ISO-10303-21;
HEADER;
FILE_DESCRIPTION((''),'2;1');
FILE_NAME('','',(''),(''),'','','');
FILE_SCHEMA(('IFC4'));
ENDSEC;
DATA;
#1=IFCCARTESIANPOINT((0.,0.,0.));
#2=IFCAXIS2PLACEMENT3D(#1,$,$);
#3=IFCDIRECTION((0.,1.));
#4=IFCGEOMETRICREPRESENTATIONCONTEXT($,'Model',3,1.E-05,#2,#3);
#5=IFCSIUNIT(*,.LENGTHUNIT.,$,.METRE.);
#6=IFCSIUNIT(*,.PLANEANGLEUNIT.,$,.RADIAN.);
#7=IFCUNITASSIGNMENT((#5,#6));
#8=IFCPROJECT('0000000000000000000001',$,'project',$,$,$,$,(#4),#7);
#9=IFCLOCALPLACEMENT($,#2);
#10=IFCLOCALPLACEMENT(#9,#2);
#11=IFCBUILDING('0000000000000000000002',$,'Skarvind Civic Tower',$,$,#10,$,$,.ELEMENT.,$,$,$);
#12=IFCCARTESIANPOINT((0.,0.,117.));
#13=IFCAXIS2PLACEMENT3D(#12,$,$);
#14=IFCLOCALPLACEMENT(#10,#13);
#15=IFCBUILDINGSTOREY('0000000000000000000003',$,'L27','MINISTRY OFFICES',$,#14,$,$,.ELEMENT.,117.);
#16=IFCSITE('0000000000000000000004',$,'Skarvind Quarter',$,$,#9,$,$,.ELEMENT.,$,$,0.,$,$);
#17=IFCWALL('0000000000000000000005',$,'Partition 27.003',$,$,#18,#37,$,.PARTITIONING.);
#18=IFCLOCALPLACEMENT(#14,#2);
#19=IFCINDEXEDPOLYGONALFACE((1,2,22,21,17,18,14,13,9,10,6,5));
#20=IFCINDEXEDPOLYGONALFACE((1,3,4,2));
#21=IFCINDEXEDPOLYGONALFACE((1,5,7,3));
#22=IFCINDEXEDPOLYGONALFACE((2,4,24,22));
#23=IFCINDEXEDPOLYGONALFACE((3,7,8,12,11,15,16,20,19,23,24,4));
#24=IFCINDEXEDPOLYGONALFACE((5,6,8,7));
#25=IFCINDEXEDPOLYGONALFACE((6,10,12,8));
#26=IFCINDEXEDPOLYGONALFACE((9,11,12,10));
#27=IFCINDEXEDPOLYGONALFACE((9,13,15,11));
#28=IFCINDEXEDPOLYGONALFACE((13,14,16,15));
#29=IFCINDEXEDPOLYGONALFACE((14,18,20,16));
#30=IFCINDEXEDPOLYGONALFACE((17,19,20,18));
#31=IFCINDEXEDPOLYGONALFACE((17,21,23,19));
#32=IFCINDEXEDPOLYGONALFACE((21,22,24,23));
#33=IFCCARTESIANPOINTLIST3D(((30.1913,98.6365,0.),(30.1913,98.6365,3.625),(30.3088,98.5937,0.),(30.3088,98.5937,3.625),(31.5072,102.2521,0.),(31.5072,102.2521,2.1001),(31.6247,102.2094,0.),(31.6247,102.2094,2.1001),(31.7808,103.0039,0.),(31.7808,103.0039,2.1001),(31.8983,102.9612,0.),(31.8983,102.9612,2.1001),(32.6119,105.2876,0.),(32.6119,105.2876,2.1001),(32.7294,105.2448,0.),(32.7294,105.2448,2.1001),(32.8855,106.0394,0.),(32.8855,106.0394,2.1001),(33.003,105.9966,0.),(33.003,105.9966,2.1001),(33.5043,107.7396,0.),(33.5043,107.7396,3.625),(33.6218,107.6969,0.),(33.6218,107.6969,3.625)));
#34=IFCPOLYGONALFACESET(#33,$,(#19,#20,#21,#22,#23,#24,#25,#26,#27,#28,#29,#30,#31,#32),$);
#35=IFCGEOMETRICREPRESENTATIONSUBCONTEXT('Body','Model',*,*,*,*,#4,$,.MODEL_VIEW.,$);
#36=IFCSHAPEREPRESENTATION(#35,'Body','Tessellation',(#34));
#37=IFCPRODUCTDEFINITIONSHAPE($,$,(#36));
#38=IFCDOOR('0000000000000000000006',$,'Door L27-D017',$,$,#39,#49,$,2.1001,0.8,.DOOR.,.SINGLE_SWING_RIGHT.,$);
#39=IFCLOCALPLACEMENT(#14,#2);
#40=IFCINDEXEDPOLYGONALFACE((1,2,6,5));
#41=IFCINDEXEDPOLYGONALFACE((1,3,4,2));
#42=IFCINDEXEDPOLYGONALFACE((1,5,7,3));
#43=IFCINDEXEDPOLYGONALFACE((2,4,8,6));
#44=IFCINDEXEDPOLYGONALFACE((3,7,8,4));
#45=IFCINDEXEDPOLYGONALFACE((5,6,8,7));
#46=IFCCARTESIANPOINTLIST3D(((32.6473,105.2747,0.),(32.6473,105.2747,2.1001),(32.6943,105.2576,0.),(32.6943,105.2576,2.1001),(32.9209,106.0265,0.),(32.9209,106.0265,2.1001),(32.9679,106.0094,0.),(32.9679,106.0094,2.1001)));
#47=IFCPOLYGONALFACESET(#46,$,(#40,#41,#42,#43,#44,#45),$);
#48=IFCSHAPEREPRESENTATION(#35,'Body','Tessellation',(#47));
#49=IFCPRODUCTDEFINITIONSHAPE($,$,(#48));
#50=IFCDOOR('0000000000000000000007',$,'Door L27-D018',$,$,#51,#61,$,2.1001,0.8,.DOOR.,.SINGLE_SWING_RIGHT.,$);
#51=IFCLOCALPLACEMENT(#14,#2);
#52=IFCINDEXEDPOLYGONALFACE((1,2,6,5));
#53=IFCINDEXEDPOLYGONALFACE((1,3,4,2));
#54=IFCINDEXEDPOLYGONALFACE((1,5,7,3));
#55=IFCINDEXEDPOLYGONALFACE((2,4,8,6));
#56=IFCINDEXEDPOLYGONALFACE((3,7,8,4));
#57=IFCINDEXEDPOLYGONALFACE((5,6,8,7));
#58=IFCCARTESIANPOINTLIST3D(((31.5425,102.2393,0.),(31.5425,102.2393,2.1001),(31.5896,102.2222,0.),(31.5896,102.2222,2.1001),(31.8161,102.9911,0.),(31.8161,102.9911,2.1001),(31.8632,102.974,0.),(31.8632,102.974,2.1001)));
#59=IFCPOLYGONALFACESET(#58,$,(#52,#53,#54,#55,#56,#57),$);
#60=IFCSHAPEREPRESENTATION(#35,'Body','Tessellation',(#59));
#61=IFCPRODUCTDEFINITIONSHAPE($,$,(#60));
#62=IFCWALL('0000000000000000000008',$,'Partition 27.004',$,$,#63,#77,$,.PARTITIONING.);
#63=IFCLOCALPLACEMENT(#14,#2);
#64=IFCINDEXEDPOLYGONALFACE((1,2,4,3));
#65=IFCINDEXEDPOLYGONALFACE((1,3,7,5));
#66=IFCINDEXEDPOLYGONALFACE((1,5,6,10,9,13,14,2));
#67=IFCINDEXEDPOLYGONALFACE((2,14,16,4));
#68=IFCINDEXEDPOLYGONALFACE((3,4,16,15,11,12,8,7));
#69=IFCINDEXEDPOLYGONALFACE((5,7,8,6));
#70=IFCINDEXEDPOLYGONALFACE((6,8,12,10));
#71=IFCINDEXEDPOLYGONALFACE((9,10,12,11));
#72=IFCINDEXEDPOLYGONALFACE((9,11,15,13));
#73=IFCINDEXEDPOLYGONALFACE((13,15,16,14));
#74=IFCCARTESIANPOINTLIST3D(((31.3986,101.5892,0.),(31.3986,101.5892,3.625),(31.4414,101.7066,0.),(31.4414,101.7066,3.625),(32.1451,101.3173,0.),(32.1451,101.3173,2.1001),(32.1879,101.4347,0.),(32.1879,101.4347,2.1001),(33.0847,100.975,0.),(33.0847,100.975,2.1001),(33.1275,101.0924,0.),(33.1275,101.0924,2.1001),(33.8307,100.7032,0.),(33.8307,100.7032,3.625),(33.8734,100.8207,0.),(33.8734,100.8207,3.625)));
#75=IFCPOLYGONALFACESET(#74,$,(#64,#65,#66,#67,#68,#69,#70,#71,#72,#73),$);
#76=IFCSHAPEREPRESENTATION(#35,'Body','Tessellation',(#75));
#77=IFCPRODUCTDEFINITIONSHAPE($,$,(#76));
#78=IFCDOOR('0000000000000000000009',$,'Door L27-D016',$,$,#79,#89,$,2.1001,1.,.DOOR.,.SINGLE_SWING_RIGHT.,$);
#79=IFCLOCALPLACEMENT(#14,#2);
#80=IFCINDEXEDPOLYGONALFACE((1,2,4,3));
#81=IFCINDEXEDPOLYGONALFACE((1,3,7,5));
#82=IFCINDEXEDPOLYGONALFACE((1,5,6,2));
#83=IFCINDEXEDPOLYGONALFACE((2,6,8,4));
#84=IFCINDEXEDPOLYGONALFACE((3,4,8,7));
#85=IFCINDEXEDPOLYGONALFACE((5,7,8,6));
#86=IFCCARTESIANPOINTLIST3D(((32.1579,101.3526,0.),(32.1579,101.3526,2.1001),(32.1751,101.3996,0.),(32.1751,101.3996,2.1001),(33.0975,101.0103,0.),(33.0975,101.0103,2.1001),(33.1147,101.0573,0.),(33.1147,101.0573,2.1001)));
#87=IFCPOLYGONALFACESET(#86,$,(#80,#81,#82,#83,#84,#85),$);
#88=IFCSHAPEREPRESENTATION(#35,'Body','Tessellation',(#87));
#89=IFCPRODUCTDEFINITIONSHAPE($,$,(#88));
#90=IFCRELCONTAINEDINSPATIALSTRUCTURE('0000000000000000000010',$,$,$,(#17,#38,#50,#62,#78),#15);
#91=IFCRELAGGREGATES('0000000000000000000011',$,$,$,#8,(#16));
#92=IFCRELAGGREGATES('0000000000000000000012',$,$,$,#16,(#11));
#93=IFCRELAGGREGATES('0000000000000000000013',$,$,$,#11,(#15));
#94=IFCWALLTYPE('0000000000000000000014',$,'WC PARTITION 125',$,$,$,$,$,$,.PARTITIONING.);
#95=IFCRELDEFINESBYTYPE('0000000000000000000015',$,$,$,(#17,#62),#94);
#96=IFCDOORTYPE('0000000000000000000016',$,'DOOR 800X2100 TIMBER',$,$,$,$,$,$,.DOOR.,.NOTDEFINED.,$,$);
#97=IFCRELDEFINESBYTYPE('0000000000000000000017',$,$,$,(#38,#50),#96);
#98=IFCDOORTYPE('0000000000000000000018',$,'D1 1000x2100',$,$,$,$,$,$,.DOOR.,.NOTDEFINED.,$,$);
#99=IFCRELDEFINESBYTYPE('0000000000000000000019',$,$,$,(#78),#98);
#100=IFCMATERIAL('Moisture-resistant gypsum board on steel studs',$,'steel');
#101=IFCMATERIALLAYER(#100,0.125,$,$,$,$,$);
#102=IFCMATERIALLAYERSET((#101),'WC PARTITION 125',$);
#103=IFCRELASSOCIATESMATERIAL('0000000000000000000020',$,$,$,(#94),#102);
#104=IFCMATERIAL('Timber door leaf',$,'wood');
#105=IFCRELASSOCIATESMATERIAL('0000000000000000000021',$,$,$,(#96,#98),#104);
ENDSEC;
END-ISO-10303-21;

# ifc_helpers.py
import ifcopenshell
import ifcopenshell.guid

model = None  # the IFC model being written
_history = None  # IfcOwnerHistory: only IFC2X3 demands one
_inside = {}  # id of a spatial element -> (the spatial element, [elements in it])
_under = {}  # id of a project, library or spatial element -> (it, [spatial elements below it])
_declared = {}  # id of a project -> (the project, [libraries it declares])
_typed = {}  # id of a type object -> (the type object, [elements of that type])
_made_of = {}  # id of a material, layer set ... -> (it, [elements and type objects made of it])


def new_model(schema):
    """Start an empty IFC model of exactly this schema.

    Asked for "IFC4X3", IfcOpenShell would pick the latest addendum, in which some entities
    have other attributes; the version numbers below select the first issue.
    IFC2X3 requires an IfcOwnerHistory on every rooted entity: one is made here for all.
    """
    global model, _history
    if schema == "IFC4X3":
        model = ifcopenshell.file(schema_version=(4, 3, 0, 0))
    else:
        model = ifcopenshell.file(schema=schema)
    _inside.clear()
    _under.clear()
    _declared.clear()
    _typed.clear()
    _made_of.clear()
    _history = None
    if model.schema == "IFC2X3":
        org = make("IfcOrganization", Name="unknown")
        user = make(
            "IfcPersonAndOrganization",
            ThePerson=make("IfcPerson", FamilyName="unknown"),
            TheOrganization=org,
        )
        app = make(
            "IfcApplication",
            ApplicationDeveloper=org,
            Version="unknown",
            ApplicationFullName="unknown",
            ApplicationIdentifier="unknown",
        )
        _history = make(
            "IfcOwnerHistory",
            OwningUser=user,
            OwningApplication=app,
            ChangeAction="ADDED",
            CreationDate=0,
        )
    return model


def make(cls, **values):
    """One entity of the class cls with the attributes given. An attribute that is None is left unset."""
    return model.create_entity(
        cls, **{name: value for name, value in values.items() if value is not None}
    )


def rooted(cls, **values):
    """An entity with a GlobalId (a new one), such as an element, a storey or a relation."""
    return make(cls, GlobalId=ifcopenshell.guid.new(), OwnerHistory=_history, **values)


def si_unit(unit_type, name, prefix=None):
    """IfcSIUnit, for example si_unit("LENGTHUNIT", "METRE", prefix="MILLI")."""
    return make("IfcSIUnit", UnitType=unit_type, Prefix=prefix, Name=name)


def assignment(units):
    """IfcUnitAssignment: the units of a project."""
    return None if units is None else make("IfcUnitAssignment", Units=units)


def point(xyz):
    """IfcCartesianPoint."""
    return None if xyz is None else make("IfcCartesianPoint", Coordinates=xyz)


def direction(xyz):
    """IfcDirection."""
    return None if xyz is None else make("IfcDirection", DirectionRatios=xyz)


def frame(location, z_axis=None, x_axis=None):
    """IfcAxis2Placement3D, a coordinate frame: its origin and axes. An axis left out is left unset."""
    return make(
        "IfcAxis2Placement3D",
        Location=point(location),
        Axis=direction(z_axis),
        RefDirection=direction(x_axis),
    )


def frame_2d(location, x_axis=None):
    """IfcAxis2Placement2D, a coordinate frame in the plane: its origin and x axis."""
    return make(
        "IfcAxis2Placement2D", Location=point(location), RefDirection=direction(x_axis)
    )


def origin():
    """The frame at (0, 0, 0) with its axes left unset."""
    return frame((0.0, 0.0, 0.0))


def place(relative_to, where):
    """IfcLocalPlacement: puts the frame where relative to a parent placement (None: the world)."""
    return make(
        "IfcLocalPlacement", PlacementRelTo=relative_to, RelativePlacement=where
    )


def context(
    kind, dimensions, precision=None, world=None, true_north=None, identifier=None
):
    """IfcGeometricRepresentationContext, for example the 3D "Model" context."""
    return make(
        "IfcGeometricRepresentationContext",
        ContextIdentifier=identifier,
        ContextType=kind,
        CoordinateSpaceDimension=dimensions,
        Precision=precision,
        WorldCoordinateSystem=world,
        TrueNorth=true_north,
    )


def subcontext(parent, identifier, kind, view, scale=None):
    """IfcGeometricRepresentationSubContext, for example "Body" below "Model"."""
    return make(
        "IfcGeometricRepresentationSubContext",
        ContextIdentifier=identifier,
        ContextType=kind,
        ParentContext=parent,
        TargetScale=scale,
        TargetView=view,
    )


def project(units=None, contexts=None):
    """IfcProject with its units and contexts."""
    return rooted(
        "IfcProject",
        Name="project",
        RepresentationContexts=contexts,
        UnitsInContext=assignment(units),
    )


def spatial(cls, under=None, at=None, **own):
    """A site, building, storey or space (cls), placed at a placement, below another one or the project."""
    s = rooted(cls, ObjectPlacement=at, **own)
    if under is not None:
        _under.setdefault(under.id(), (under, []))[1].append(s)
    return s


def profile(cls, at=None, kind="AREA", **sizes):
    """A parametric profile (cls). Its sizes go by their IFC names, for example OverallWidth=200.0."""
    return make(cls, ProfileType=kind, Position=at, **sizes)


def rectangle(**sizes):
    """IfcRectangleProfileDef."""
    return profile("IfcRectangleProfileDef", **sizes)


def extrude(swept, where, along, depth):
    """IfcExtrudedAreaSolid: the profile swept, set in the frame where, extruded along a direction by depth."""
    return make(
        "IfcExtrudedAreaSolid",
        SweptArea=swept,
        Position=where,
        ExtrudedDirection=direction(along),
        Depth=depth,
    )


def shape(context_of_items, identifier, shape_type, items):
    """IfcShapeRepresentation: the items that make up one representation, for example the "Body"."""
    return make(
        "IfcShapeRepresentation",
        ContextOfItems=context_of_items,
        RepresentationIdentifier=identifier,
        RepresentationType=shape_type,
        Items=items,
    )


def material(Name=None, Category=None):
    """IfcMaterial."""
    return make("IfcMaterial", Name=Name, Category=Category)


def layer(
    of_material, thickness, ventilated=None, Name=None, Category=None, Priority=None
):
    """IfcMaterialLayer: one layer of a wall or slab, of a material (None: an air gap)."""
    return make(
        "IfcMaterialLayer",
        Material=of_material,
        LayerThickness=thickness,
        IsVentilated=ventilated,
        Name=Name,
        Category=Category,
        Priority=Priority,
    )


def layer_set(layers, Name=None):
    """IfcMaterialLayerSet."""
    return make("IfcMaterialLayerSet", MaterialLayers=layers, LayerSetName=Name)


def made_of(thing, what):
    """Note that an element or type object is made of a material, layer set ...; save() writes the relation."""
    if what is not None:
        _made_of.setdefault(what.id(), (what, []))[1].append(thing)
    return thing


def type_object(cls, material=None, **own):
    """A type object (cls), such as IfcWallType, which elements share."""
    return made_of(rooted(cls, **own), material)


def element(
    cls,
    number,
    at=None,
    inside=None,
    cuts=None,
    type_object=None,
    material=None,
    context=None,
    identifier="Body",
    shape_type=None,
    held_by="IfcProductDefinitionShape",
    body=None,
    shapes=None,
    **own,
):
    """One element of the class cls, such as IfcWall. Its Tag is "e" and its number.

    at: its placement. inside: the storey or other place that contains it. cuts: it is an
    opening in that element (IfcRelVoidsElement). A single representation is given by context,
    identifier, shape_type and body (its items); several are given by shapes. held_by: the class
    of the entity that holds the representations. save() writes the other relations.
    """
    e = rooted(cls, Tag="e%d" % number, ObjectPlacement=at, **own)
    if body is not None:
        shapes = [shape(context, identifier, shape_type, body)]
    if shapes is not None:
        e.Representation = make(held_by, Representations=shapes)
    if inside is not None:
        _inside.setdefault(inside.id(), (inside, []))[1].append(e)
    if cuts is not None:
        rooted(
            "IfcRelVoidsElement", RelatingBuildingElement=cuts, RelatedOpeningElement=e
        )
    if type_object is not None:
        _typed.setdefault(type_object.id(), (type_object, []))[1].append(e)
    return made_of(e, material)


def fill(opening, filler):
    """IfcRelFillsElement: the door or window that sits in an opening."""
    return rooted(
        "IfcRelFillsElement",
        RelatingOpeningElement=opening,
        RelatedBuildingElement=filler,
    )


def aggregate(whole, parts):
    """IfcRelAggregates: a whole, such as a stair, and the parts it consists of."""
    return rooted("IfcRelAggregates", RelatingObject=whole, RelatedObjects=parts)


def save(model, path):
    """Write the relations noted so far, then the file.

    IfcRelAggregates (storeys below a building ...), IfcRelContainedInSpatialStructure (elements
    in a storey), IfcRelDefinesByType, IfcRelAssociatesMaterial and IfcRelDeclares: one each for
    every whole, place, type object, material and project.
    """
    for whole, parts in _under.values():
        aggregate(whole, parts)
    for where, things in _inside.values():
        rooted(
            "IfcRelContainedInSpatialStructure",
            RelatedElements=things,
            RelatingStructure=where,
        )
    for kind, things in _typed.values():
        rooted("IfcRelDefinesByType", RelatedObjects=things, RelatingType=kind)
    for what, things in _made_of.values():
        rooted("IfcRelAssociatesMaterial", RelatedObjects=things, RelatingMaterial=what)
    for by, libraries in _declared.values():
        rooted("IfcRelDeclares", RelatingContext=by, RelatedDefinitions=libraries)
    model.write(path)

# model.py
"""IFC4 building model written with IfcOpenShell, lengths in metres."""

from ifc_helpers import new_model, si_unit, direction, frame, frame_2d, origin, place, context, subcontext, project, spatial, rectangle, extrude, material, layer, layer_set, type_object, element, fill, save


model = new_model("IFC4")

# Units and contexts
model_context = context("Model", 3, precision=1e-05, world=origin(), true_north=direction((0.0, 1.0)))
body_context = subcontext(model_context, "Body", "Model", "MODEL_VIEW")
ifc_project = project(units=[si_unit("LENGTHUNIT", "METRE"), si_unit("PLANEANGLEUNIT", "RADIAN")], contexts=[model_context])

# Site, building, storey
site_placement = place(None, origin())
site = spatial("IfcSite", under=ifc_project, at=site_placement, Name="Skarvind Quarter", CompositionType="ELEMENT", RefElevation=0.0)
building_placement = place(site_placement, origin())
building = spatial("IfcBuilding", under=site, at=building_placement, Name="Skarvind Civic Tower", CompositionType="ELEMENT")
storey_placement = place(building_placement, frame((0.0, 0.0, 117.0)))
storey = spatial("IfcBuildingStorey", under=building, at=storey_placement, Name="L27", Description="MINISTRY OFFICES", CompositionType="ELEMENT", Elevation=117.0)

# Shared definitions
ifc_material_1 = material(Name="Moisture-resistant gypsum board on steel studs", Category="steel")
ifc_layer_1 = layer(ifc_material_1, 0.125)
ifc_layer_set_1 = layer_set([ifc_layer_1], Name="WC PARTITION 125")
wall_type_1 = type_object("IfcWallType", Name="WC PARTITION 125", PredefinedType="PARTITIONING", material=ifc_layer_set_1)

# Wall, openings, doors
wall_1_placement = place(storey_placement, frame((30.25, 98.615, 0.0), z_axis=(0.0, 0.0, 1.0), x_axis=(0.341998, 0.939701, 0.0)))
wall_1 = element("IfcWall", 1, at=wall_1_placement, inside=storey, type_object=wall_type_1, Name="Partition 27.003", PredefinedType="PARTITIONING", context=body_context, shape_type="SweptSolid", body=[
    extrude(rectangle(XDim=9.6873, YDim=0.125, at=frame_2d((4.8438, 0.0))), origin(), (0.0, 0.0, 1.0), 3.625),
])
opening_1_placement = place(wall_1_placement, frame((7.0781, 0.0, 0.0)))
opening_1 = element("IfcOpeningElement", 2, at=opening_1_placement, cuts=wall_1, PredefinedType="OPENING", context=body_context, shape_type="SweptSolid", body=[
    extrude(rectangle(XDim=0.8, YDim=2.1001, at=frame_2d((0.3999, 1.05))), frame((0.0, 0.0725, 0.0), z_axis=(0.0, -1.0, 0.0), x_axis=(1.0, 0.0, 0.0)), (0.0, 0.0, 1.0), 0.145),
])
opening_2_placement = place(wall_1_placement, frame((3.8479, 0.0, 0.0)))
opening_2 = element("IfcOpeningElement", 3, at=opening_2_placement, cuts=wall_1, PredefinedType="OPENING", context=body_context, shape_type="SweptSolid", body=[
    extrude(rectangle(XDim=0.8, YDim=2.1001, at=frame_2d((0.3999, 1.05))), frame((0.0, 0.0725, 0.0), z_axis=(0.0, -1.0, 0.0), x_axis=(1.0, 0.0, 0.0)), (0.0, 0.0, 1.0), 0.145),
])
ifc_material_2 = material(Name="Timber door leaf", Category="wood")
door_type_1 = type_object("IfcDoorType", Name="DOOR 800X2100 TIMBER", OperationType="NOTDEFINED", PredefinedType="DOOR", material=ifc_material_2)
door_1_placement = place(opening_1_placement, origin())
door_1 = element("IfcDoor", 4, at=door_1_placement, inside=storey, type_object=door_type_1, Name="Door L27-D017", OperationType="SINGLE_SWING_RIGHT", OverallHeight=2.1001, OverallWidth=0.8, PredefinedType="DOOR", context=body_context, shape_type="SweptSolid", body=[
    extrude(rectangle(XDim=0.8, YDim=2.1001, at=frame_2d((0.3999, 1.05))), frame((0.0, 0.0249, 0.0), z_axis=(0.0, -1.0, 0.0), x_axis=(1.0, 0.0, 0.0)), (0.0, 0.0, 1.0), 0.05),
])
fill(opening_1, door_1)
door_2_placement = place(opening_2_placement, origin())
door_2 = element("IfcDoor", 5, at=door_2_placement, inside=storey, type_object=door_type_1, Name="Door L27-D018", OperationType="SINGLE_SWING_RIGHT", OverallHeight=2.1001, OverallWidth=0.8, PredefinedType="DOOR", context=body_context, shape_type="SweptSolid", body=[
    extrude(rectangle(XDim=0.8, YDim=2.1001, at=frame_2d((0.3999, 1.05))), frame((0.0, 0.0249, 0.0), z_axis=(0.0, -1.0, 0.0), x_axis=(1.0, 0.0, 0.0)), (0.0, 0.0, 1.0), 0.05),
])
fill(opening_2, door_2)

# Wall, opening, door
wall_2_placement = place(storey_placement, frame((33.8521, 100.762, 0.0), z_axis=(0.0, 0.0, 1.0), x_axis=(-0.939598, 0.342281, 0.0)))
wall_2 = element("IfcWall", 6, at=wall_2_placement, inside=storey, type_object=wall_type_1, Name="Partition 27.004", PredefinedType="PARTITIONING", context=body_context, shape_type="SweptSolid", body=[
    extrude(rectangle(XDim=2.5884, YDim=0.125, at=frame_2d((1.2942, 0.0))), origin(), (0.0, 0.0, 1.0), 3.625),
])
opening_3_placement = place(wall_2_placement, frame((0.7939, 0.0, 0.0)))
opening_3 = element("IfcOpeningElement", 7, at=opening_3_placement, cuts=wall_2, PredefinedType="OPENING", context=body_context, shape_type="SweptSolid", body=[
    extrude(rectangle(XDim=1.0, YDim=2.1001, at=frame_2d((0.5, 1.05))), frame((0.0, 0.0725, 0.0), z_axis=(0.0, -1.0, 0.0), x_axis=(1.0, 0.0, 0.0)), (0.0, 0.0, 1.0), 0.145),
])
door_type_2 = type_object("IfcDoorType", Name="D1 1000x2100", OperationType="NOTDEFINED", PredefinedType="DOOR", material=ifc_material_2)
door_3_placement = place(opening_3_placement, origin())
door_3 = element("IfcDoor", 8, at=door_3_placement, inside=storey, type_object=door_type_2, Name="Door L27-D016", OperationType="SINGLE_SWING_RIGHT", OverallHeight=2.1001, OverallWidth=1.0, PredefinedType="DOOR", context=body_context, shape_type="SweptSolid", body=[
    extrude(rectangle(XDim=1.0, YDim=2.1001, at=frame_2d((0.5, 1.05))), frame((0.0, 0.0249, 0.0), z_axis=(0.0, -1.0, 0.0), x_axis=(1.0, 0.0, 0.0)), (0.0, 0.0, 1.0), 0.05),
])
fill(opening_3, door_3)

save(model, "model.ifc")
